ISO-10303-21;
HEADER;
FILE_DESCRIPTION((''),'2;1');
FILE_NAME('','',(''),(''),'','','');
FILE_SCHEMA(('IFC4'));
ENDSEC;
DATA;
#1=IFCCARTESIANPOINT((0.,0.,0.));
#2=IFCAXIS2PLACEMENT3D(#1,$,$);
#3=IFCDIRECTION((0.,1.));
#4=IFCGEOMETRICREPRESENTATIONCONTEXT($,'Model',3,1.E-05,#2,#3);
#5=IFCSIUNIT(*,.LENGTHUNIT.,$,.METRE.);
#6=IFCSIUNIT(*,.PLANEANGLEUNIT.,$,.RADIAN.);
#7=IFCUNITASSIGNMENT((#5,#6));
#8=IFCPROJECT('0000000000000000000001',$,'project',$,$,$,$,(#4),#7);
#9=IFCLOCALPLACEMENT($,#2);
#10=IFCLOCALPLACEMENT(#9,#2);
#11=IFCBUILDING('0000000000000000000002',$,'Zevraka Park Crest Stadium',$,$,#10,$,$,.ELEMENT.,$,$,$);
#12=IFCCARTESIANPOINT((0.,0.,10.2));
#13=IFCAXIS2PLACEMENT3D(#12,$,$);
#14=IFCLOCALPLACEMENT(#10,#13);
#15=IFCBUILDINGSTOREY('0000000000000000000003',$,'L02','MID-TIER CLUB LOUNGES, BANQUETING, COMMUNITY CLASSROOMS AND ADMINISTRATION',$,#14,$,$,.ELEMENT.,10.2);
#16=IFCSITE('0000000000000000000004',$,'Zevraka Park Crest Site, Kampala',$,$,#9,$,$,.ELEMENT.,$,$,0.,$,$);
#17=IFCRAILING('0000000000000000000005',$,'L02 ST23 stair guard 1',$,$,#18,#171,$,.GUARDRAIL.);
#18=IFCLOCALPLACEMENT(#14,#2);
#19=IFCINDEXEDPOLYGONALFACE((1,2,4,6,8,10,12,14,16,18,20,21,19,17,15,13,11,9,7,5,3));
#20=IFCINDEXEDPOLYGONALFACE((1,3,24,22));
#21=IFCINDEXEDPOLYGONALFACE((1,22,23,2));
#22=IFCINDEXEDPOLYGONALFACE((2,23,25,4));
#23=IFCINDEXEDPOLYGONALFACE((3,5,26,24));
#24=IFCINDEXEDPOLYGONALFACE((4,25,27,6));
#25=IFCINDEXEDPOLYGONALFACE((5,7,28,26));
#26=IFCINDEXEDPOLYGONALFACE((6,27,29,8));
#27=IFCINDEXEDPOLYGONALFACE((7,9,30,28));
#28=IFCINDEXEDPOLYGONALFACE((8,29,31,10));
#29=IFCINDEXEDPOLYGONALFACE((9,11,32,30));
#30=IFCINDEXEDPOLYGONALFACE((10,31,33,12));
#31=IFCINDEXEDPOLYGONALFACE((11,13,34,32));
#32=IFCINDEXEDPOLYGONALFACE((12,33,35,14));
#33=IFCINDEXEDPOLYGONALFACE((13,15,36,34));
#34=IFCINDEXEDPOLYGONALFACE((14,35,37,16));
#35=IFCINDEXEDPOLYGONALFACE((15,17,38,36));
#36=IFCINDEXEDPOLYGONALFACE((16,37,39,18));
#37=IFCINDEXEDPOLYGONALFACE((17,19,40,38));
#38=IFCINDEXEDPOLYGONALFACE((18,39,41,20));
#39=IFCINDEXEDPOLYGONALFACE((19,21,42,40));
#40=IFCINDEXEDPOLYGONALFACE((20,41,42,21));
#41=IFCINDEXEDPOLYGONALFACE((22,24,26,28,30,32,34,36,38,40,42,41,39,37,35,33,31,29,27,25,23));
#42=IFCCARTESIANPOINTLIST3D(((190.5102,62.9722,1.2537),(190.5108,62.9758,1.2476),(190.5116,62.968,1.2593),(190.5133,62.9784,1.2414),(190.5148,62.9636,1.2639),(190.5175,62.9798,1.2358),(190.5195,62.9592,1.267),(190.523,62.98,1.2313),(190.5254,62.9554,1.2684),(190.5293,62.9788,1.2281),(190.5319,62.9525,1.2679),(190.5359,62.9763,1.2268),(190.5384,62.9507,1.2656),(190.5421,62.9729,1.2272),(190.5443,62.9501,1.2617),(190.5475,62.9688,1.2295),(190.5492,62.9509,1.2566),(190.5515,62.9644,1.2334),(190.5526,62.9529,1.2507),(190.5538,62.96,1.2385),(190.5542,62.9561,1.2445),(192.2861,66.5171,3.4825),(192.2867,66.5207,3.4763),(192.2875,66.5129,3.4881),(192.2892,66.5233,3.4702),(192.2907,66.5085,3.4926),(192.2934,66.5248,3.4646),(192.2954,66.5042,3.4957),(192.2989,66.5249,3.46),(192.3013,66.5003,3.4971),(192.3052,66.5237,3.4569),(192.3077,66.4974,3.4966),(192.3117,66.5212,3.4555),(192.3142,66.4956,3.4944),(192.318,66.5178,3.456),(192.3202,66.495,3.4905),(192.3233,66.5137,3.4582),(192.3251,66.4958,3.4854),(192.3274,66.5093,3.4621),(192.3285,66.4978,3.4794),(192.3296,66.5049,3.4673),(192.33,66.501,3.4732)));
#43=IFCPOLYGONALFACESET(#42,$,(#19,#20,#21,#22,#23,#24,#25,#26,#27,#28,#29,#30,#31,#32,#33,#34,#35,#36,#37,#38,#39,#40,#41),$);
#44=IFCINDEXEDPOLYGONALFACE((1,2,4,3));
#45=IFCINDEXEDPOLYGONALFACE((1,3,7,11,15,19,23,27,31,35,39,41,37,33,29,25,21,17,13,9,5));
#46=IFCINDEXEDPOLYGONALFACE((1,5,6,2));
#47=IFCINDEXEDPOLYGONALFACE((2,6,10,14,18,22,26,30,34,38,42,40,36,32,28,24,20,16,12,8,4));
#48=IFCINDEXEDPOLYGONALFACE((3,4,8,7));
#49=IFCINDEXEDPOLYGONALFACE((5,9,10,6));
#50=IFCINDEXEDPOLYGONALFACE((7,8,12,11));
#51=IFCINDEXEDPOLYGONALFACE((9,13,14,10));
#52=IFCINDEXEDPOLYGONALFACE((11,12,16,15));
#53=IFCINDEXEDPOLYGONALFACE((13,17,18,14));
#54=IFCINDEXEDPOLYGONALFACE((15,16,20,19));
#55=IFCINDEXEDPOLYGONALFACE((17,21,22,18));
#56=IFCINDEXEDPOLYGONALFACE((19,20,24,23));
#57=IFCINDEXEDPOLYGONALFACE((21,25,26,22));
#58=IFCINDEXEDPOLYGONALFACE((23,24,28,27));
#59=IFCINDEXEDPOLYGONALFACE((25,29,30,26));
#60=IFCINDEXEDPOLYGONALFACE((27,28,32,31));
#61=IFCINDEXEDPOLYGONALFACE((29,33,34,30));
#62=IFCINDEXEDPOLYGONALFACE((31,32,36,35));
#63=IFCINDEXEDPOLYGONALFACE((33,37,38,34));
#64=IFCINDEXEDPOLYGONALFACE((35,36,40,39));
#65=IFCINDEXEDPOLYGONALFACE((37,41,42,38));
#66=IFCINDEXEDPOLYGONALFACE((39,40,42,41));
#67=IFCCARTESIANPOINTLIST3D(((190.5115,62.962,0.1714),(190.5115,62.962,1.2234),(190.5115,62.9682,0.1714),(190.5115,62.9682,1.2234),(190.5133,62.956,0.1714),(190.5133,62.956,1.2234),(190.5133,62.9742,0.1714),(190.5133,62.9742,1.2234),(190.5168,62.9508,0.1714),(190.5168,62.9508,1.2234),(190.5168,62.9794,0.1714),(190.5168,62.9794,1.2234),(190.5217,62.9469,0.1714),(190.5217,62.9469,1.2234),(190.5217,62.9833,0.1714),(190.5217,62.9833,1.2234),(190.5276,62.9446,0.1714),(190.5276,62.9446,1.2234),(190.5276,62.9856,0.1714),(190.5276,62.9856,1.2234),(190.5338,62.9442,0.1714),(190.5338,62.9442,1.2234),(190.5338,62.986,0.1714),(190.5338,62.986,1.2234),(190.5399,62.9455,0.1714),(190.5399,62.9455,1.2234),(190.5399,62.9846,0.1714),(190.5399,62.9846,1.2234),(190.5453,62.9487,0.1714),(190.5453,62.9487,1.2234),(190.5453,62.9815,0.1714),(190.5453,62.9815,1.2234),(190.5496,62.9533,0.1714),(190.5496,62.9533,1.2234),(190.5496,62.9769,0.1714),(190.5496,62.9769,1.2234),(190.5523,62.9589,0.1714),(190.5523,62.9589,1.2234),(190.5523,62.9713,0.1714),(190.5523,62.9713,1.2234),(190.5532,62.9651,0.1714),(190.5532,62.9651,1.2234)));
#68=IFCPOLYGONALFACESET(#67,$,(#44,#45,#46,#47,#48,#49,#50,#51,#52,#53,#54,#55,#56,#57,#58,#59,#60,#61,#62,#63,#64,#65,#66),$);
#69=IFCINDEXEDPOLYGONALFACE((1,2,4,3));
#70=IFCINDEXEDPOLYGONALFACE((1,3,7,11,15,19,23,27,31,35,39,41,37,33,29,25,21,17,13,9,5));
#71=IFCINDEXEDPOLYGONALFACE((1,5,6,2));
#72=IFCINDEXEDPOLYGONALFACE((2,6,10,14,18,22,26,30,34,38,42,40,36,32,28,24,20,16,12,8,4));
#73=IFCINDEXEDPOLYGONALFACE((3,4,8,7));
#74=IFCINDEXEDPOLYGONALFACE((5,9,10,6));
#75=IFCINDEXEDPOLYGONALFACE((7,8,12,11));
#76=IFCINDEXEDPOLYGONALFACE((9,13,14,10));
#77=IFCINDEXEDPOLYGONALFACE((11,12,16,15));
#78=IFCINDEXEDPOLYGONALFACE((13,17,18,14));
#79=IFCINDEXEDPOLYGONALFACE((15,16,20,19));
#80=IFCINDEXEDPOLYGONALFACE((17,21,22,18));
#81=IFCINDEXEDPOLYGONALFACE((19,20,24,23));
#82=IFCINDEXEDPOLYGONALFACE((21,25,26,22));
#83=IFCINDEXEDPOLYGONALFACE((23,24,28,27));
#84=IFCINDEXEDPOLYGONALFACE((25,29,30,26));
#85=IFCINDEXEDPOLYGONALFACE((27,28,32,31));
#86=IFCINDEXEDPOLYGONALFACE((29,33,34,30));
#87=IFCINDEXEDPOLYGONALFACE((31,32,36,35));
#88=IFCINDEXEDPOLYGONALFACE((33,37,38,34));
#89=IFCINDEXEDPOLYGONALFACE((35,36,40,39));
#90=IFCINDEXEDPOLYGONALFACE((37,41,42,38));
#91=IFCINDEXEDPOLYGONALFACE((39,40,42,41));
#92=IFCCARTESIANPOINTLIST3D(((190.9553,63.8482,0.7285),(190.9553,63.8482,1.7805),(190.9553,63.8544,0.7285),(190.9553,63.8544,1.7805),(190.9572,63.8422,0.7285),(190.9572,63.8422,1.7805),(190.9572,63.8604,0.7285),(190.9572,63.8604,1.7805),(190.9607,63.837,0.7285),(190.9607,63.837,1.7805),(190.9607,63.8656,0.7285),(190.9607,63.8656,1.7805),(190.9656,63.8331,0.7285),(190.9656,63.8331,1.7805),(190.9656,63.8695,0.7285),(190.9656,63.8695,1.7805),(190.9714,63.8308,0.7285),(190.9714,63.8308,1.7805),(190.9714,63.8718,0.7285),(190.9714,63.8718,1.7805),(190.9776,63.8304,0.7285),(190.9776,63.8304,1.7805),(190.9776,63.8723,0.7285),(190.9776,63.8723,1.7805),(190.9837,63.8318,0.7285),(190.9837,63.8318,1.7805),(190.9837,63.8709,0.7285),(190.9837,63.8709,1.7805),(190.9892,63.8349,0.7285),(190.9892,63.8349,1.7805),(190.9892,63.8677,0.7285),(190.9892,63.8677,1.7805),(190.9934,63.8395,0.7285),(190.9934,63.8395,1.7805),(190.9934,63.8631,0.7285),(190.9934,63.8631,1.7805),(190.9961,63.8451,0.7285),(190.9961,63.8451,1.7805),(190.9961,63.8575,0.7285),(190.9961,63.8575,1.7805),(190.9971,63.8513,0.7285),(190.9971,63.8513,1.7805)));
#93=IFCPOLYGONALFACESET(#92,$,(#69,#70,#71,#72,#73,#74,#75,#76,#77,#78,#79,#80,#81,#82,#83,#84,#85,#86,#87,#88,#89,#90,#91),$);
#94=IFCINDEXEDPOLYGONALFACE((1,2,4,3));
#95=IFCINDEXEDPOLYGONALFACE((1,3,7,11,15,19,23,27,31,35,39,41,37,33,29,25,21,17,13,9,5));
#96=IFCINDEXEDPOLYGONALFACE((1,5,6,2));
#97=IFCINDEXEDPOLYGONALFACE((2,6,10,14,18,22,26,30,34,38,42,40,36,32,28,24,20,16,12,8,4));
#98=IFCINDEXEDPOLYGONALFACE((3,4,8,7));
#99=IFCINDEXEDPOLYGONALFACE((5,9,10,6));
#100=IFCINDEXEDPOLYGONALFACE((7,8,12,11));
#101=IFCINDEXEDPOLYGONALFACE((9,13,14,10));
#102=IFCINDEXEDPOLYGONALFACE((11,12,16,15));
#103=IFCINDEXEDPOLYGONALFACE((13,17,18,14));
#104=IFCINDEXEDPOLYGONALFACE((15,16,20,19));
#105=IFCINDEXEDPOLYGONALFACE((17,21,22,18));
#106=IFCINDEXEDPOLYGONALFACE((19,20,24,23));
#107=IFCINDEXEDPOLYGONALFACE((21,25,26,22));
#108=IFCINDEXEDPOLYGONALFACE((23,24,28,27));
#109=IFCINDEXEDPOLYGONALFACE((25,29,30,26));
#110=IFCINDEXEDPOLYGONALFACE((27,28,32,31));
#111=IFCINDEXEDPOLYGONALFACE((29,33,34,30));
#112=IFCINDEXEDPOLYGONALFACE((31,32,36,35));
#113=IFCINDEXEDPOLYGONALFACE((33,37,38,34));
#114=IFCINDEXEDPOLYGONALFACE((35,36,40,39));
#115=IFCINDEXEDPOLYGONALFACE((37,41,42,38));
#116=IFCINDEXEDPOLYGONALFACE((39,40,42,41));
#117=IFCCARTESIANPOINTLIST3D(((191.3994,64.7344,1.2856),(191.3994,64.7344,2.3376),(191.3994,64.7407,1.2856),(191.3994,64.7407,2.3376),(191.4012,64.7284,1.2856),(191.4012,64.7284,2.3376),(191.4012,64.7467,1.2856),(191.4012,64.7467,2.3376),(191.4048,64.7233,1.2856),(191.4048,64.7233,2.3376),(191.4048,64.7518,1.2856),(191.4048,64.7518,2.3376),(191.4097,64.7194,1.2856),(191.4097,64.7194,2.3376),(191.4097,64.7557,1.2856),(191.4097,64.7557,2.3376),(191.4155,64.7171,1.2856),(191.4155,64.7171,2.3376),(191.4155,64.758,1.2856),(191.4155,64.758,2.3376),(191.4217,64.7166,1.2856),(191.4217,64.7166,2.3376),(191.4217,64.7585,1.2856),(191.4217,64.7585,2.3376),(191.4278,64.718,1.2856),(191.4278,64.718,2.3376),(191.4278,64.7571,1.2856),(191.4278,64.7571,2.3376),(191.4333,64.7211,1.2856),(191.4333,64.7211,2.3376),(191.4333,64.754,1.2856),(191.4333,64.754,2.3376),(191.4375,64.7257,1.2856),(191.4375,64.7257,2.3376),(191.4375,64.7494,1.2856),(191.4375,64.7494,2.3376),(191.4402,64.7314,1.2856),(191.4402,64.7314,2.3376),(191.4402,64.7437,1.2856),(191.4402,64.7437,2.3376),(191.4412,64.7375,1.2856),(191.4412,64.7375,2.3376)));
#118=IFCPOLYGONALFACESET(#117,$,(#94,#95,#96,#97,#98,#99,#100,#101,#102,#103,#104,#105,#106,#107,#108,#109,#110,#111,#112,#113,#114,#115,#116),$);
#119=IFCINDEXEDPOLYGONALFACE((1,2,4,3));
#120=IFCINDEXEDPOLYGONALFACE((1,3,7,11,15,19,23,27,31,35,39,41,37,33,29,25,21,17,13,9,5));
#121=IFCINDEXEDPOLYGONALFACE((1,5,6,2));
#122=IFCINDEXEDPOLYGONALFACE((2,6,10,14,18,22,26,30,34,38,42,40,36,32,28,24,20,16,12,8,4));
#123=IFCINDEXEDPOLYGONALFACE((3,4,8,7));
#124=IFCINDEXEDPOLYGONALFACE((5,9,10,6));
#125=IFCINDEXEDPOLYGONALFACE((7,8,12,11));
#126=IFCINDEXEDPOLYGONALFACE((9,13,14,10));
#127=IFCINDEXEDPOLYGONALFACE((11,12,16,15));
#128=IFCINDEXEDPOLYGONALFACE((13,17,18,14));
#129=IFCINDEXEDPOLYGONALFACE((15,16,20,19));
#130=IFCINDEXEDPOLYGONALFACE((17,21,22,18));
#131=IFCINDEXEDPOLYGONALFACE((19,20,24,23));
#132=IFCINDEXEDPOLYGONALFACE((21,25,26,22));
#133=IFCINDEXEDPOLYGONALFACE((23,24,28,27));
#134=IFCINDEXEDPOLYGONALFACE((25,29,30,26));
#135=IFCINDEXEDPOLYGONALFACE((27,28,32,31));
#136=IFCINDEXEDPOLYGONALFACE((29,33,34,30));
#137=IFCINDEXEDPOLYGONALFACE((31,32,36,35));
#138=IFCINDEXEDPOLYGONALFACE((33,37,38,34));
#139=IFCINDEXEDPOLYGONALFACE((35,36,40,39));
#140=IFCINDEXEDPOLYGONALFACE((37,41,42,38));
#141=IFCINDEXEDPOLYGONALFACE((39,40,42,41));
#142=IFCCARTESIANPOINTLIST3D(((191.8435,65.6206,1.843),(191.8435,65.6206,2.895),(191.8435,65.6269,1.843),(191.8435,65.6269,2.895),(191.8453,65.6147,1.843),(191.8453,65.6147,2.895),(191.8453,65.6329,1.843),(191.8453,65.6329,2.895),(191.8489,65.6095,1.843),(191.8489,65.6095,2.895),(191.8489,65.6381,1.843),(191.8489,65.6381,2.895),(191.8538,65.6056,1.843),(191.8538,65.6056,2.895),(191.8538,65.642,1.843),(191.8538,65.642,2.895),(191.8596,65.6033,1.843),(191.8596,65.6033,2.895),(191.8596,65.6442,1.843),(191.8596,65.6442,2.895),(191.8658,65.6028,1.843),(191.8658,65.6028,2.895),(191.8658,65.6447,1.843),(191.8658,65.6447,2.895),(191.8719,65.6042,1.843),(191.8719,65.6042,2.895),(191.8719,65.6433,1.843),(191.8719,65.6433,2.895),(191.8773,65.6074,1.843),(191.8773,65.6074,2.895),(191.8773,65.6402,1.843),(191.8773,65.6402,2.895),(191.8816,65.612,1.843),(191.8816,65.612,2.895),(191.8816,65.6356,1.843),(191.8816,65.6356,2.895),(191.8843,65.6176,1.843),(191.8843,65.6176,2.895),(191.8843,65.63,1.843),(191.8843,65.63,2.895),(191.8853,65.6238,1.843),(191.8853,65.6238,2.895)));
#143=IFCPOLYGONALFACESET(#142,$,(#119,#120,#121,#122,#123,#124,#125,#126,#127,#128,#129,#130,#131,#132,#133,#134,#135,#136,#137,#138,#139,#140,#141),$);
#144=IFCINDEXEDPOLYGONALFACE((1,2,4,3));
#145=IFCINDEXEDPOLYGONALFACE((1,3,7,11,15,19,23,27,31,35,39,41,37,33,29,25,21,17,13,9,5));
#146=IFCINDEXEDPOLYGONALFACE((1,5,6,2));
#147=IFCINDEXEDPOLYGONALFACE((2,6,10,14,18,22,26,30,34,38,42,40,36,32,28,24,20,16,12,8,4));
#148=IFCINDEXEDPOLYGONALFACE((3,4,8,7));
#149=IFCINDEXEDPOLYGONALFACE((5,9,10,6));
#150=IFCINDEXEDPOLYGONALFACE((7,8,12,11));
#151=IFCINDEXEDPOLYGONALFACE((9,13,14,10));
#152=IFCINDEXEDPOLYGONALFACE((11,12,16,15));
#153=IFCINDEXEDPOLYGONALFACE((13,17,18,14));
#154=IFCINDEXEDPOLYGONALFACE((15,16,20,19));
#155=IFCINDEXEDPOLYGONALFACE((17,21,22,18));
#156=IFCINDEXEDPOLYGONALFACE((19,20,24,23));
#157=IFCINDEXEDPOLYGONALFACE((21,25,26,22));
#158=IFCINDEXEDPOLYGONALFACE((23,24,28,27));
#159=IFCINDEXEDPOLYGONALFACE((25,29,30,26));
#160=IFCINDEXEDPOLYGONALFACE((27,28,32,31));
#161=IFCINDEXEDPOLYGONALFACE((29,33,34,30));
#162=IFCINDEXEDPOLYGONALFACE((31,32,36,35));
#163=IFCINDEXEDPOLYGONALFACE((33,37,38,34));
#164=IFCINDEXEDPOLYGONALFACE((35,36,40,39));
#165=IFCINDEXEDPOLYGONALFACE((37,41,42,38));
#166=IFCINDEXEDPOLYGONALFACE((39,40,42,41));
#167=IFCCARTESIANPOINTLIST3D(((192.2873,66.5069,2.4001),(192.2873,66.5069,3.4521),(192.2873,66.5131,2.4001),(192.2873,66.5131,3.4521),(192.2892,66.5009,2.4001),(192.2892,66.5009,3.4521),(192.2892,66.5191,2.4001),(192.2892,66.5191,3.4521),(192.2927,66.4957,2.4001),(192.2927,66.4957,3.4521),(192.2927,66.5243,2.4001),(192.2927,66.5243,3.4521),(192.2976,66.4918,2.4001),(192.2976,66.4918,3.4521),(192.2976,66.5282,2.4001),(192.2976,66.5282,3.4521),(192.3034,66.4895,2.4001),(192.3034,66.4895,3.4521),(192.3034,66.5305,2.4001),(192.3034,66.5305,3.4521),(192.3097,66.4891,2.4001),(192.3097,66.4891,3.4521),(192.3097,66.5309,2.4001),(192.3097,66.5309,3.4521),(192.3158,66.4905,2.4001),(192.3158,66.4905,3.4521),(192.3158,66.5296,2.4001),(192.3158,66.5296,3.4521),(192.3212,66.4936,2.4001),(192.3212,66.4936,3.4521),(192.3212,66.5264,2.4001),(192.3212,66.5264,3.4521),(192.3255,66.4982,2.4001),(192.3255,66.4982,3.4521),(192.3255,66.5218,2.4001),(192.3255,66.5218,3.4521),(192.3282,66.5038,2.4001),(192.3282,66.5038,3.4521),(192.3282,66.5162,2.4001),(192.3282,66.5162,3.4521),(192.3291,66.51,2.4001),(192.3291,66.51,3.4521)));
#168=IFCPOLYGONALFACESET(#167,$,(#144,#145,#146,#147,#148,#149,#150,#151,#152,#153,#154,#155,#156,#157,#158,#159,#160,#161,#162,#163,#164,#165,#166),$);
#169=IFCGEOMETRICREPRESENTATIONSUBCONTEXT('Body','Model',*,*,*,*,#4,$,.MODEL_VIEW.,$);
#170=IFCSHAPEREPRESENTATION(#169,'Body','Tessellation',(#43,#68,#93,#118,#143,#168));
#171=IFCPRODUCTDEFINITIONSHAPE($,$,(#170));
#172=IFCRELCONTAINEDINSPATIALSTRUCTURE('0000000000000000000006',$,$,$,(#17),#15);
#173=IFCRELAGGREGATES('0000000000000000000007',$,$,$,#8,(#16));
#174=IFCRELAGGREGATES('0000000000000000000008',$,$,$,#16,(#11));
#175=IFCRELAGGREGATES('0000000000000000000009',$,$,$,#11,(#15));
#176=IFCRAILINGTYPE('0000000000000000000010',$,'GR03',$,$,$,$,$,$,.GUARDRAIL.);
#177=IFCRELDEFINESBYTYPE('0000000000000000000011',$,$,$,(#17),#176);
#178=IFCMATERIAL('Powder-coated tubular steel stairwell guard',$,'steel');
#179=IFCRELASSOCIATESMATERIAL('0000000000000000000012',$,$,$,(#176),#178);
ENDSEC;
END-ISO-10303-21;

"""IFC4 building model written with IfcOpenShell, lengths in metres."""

from ifc_helpers import new_model, si_unit, direction, frame, origin, origin_2d, place, context, subcontext, project, spatial, circle, extrude, material, type_object, element, save


model = new_model("IFC4")

# Units and contexts
model_context = context("Model", 3, precision=1e-05, world=origin(), true_north=direction((0.0, 1.0)))
body_context = subcontext(model_context, "Body", "Model", "MODEL_VIEW")
ifc_project = project(units=[si_unit("LENGTHUNIT", "METRE"), si_unit("PLANEANGLEUNIT", "RADIAN")], contexts=[model_context])

# Site, building, storey
site_placement = place(None, origin())
site = spatial("IfcSite", under=ifc_project, at=site_placement, Name="Zevraka Park Crest Site, Kampala", CompositionType="ELEMENT", RefElevation=0.0)
building_placement = place(site_placement, origin())
building = spatial("IfcBuilding", under=site, at=building_placement, Name="Zevraka Park Crest Stadium", CompositionType="ELEMENT")
storey_placement = place(building_placement, frame((0.0, 0.0, 10.2)))
storey = spatial("IfcBuildingStorey", under=building, at=storey_placement, Name="L02", Description="MID-TIER CLUB LOUNGES, BANQUETING, COMMUNITY CLASSROOMS AND ADMINISTRATION", CompositionType="ELEMENT", Elevation=10.2)

# Railing
ifc_material_1 = material(Name="Powder-coated tubular steel stairwell guard", Category="steel")
railing_type_1 = type_object("IfcRailingType", Name="GR03", PredefinedType="GUARDRAIL", material=ifc_material_1)
railing_1_placement = place(storey_placement, frame((190.5322, 62.9651, 0.1714)))
element("IfcRailing", 1, at=railing_1_placement, inside=storey, type_object=railing_type_1, Name="L02 ST23 stair guard 1", PredefinedType="GUARDRAIL", context=body_context, shape_type="SweptSolid", body=[
    extrude(circle(Radius=0.0239, at=origin_2d()), frame((0.0, 0.0, 1.0762), z_axis=(0.390444, 0.779384, 0.490014), x_axis=(-0.894082, 0.447903, 0.0)), (0.0, 0.0, 1.0), 4.5483),
    extrude(circle(Radius=0.021, at=origin_2d()), origin(), (0.0, 0.0, 1.0), 1.052),
    extrude(circle(Radius=0.021, at=origin_2d()), frame((0.4438, 0.8862, 0.5571)), (0.0, 0.0, 1.0), 1.052),
    extrude(circle(Radius=0.021, at=origin_2d()), frame((0.8879, 1.7725, 1.1143)), (0.0, 0.0, 1.0), 1.052),
    extrude(circle(Radius=0.021, at=origin_2d()), frame((1.332, 2.6587, 1.6716)), (0.0, 0.0, 1.0), 1.052),
    extrude(circle(Radius=0.021, at=origin_2d()), frame((1.7759, 3.5449, 2.2288)), (0.0, 0.0, 1.0), 1.052),
])

save(model, "model.ifc")
